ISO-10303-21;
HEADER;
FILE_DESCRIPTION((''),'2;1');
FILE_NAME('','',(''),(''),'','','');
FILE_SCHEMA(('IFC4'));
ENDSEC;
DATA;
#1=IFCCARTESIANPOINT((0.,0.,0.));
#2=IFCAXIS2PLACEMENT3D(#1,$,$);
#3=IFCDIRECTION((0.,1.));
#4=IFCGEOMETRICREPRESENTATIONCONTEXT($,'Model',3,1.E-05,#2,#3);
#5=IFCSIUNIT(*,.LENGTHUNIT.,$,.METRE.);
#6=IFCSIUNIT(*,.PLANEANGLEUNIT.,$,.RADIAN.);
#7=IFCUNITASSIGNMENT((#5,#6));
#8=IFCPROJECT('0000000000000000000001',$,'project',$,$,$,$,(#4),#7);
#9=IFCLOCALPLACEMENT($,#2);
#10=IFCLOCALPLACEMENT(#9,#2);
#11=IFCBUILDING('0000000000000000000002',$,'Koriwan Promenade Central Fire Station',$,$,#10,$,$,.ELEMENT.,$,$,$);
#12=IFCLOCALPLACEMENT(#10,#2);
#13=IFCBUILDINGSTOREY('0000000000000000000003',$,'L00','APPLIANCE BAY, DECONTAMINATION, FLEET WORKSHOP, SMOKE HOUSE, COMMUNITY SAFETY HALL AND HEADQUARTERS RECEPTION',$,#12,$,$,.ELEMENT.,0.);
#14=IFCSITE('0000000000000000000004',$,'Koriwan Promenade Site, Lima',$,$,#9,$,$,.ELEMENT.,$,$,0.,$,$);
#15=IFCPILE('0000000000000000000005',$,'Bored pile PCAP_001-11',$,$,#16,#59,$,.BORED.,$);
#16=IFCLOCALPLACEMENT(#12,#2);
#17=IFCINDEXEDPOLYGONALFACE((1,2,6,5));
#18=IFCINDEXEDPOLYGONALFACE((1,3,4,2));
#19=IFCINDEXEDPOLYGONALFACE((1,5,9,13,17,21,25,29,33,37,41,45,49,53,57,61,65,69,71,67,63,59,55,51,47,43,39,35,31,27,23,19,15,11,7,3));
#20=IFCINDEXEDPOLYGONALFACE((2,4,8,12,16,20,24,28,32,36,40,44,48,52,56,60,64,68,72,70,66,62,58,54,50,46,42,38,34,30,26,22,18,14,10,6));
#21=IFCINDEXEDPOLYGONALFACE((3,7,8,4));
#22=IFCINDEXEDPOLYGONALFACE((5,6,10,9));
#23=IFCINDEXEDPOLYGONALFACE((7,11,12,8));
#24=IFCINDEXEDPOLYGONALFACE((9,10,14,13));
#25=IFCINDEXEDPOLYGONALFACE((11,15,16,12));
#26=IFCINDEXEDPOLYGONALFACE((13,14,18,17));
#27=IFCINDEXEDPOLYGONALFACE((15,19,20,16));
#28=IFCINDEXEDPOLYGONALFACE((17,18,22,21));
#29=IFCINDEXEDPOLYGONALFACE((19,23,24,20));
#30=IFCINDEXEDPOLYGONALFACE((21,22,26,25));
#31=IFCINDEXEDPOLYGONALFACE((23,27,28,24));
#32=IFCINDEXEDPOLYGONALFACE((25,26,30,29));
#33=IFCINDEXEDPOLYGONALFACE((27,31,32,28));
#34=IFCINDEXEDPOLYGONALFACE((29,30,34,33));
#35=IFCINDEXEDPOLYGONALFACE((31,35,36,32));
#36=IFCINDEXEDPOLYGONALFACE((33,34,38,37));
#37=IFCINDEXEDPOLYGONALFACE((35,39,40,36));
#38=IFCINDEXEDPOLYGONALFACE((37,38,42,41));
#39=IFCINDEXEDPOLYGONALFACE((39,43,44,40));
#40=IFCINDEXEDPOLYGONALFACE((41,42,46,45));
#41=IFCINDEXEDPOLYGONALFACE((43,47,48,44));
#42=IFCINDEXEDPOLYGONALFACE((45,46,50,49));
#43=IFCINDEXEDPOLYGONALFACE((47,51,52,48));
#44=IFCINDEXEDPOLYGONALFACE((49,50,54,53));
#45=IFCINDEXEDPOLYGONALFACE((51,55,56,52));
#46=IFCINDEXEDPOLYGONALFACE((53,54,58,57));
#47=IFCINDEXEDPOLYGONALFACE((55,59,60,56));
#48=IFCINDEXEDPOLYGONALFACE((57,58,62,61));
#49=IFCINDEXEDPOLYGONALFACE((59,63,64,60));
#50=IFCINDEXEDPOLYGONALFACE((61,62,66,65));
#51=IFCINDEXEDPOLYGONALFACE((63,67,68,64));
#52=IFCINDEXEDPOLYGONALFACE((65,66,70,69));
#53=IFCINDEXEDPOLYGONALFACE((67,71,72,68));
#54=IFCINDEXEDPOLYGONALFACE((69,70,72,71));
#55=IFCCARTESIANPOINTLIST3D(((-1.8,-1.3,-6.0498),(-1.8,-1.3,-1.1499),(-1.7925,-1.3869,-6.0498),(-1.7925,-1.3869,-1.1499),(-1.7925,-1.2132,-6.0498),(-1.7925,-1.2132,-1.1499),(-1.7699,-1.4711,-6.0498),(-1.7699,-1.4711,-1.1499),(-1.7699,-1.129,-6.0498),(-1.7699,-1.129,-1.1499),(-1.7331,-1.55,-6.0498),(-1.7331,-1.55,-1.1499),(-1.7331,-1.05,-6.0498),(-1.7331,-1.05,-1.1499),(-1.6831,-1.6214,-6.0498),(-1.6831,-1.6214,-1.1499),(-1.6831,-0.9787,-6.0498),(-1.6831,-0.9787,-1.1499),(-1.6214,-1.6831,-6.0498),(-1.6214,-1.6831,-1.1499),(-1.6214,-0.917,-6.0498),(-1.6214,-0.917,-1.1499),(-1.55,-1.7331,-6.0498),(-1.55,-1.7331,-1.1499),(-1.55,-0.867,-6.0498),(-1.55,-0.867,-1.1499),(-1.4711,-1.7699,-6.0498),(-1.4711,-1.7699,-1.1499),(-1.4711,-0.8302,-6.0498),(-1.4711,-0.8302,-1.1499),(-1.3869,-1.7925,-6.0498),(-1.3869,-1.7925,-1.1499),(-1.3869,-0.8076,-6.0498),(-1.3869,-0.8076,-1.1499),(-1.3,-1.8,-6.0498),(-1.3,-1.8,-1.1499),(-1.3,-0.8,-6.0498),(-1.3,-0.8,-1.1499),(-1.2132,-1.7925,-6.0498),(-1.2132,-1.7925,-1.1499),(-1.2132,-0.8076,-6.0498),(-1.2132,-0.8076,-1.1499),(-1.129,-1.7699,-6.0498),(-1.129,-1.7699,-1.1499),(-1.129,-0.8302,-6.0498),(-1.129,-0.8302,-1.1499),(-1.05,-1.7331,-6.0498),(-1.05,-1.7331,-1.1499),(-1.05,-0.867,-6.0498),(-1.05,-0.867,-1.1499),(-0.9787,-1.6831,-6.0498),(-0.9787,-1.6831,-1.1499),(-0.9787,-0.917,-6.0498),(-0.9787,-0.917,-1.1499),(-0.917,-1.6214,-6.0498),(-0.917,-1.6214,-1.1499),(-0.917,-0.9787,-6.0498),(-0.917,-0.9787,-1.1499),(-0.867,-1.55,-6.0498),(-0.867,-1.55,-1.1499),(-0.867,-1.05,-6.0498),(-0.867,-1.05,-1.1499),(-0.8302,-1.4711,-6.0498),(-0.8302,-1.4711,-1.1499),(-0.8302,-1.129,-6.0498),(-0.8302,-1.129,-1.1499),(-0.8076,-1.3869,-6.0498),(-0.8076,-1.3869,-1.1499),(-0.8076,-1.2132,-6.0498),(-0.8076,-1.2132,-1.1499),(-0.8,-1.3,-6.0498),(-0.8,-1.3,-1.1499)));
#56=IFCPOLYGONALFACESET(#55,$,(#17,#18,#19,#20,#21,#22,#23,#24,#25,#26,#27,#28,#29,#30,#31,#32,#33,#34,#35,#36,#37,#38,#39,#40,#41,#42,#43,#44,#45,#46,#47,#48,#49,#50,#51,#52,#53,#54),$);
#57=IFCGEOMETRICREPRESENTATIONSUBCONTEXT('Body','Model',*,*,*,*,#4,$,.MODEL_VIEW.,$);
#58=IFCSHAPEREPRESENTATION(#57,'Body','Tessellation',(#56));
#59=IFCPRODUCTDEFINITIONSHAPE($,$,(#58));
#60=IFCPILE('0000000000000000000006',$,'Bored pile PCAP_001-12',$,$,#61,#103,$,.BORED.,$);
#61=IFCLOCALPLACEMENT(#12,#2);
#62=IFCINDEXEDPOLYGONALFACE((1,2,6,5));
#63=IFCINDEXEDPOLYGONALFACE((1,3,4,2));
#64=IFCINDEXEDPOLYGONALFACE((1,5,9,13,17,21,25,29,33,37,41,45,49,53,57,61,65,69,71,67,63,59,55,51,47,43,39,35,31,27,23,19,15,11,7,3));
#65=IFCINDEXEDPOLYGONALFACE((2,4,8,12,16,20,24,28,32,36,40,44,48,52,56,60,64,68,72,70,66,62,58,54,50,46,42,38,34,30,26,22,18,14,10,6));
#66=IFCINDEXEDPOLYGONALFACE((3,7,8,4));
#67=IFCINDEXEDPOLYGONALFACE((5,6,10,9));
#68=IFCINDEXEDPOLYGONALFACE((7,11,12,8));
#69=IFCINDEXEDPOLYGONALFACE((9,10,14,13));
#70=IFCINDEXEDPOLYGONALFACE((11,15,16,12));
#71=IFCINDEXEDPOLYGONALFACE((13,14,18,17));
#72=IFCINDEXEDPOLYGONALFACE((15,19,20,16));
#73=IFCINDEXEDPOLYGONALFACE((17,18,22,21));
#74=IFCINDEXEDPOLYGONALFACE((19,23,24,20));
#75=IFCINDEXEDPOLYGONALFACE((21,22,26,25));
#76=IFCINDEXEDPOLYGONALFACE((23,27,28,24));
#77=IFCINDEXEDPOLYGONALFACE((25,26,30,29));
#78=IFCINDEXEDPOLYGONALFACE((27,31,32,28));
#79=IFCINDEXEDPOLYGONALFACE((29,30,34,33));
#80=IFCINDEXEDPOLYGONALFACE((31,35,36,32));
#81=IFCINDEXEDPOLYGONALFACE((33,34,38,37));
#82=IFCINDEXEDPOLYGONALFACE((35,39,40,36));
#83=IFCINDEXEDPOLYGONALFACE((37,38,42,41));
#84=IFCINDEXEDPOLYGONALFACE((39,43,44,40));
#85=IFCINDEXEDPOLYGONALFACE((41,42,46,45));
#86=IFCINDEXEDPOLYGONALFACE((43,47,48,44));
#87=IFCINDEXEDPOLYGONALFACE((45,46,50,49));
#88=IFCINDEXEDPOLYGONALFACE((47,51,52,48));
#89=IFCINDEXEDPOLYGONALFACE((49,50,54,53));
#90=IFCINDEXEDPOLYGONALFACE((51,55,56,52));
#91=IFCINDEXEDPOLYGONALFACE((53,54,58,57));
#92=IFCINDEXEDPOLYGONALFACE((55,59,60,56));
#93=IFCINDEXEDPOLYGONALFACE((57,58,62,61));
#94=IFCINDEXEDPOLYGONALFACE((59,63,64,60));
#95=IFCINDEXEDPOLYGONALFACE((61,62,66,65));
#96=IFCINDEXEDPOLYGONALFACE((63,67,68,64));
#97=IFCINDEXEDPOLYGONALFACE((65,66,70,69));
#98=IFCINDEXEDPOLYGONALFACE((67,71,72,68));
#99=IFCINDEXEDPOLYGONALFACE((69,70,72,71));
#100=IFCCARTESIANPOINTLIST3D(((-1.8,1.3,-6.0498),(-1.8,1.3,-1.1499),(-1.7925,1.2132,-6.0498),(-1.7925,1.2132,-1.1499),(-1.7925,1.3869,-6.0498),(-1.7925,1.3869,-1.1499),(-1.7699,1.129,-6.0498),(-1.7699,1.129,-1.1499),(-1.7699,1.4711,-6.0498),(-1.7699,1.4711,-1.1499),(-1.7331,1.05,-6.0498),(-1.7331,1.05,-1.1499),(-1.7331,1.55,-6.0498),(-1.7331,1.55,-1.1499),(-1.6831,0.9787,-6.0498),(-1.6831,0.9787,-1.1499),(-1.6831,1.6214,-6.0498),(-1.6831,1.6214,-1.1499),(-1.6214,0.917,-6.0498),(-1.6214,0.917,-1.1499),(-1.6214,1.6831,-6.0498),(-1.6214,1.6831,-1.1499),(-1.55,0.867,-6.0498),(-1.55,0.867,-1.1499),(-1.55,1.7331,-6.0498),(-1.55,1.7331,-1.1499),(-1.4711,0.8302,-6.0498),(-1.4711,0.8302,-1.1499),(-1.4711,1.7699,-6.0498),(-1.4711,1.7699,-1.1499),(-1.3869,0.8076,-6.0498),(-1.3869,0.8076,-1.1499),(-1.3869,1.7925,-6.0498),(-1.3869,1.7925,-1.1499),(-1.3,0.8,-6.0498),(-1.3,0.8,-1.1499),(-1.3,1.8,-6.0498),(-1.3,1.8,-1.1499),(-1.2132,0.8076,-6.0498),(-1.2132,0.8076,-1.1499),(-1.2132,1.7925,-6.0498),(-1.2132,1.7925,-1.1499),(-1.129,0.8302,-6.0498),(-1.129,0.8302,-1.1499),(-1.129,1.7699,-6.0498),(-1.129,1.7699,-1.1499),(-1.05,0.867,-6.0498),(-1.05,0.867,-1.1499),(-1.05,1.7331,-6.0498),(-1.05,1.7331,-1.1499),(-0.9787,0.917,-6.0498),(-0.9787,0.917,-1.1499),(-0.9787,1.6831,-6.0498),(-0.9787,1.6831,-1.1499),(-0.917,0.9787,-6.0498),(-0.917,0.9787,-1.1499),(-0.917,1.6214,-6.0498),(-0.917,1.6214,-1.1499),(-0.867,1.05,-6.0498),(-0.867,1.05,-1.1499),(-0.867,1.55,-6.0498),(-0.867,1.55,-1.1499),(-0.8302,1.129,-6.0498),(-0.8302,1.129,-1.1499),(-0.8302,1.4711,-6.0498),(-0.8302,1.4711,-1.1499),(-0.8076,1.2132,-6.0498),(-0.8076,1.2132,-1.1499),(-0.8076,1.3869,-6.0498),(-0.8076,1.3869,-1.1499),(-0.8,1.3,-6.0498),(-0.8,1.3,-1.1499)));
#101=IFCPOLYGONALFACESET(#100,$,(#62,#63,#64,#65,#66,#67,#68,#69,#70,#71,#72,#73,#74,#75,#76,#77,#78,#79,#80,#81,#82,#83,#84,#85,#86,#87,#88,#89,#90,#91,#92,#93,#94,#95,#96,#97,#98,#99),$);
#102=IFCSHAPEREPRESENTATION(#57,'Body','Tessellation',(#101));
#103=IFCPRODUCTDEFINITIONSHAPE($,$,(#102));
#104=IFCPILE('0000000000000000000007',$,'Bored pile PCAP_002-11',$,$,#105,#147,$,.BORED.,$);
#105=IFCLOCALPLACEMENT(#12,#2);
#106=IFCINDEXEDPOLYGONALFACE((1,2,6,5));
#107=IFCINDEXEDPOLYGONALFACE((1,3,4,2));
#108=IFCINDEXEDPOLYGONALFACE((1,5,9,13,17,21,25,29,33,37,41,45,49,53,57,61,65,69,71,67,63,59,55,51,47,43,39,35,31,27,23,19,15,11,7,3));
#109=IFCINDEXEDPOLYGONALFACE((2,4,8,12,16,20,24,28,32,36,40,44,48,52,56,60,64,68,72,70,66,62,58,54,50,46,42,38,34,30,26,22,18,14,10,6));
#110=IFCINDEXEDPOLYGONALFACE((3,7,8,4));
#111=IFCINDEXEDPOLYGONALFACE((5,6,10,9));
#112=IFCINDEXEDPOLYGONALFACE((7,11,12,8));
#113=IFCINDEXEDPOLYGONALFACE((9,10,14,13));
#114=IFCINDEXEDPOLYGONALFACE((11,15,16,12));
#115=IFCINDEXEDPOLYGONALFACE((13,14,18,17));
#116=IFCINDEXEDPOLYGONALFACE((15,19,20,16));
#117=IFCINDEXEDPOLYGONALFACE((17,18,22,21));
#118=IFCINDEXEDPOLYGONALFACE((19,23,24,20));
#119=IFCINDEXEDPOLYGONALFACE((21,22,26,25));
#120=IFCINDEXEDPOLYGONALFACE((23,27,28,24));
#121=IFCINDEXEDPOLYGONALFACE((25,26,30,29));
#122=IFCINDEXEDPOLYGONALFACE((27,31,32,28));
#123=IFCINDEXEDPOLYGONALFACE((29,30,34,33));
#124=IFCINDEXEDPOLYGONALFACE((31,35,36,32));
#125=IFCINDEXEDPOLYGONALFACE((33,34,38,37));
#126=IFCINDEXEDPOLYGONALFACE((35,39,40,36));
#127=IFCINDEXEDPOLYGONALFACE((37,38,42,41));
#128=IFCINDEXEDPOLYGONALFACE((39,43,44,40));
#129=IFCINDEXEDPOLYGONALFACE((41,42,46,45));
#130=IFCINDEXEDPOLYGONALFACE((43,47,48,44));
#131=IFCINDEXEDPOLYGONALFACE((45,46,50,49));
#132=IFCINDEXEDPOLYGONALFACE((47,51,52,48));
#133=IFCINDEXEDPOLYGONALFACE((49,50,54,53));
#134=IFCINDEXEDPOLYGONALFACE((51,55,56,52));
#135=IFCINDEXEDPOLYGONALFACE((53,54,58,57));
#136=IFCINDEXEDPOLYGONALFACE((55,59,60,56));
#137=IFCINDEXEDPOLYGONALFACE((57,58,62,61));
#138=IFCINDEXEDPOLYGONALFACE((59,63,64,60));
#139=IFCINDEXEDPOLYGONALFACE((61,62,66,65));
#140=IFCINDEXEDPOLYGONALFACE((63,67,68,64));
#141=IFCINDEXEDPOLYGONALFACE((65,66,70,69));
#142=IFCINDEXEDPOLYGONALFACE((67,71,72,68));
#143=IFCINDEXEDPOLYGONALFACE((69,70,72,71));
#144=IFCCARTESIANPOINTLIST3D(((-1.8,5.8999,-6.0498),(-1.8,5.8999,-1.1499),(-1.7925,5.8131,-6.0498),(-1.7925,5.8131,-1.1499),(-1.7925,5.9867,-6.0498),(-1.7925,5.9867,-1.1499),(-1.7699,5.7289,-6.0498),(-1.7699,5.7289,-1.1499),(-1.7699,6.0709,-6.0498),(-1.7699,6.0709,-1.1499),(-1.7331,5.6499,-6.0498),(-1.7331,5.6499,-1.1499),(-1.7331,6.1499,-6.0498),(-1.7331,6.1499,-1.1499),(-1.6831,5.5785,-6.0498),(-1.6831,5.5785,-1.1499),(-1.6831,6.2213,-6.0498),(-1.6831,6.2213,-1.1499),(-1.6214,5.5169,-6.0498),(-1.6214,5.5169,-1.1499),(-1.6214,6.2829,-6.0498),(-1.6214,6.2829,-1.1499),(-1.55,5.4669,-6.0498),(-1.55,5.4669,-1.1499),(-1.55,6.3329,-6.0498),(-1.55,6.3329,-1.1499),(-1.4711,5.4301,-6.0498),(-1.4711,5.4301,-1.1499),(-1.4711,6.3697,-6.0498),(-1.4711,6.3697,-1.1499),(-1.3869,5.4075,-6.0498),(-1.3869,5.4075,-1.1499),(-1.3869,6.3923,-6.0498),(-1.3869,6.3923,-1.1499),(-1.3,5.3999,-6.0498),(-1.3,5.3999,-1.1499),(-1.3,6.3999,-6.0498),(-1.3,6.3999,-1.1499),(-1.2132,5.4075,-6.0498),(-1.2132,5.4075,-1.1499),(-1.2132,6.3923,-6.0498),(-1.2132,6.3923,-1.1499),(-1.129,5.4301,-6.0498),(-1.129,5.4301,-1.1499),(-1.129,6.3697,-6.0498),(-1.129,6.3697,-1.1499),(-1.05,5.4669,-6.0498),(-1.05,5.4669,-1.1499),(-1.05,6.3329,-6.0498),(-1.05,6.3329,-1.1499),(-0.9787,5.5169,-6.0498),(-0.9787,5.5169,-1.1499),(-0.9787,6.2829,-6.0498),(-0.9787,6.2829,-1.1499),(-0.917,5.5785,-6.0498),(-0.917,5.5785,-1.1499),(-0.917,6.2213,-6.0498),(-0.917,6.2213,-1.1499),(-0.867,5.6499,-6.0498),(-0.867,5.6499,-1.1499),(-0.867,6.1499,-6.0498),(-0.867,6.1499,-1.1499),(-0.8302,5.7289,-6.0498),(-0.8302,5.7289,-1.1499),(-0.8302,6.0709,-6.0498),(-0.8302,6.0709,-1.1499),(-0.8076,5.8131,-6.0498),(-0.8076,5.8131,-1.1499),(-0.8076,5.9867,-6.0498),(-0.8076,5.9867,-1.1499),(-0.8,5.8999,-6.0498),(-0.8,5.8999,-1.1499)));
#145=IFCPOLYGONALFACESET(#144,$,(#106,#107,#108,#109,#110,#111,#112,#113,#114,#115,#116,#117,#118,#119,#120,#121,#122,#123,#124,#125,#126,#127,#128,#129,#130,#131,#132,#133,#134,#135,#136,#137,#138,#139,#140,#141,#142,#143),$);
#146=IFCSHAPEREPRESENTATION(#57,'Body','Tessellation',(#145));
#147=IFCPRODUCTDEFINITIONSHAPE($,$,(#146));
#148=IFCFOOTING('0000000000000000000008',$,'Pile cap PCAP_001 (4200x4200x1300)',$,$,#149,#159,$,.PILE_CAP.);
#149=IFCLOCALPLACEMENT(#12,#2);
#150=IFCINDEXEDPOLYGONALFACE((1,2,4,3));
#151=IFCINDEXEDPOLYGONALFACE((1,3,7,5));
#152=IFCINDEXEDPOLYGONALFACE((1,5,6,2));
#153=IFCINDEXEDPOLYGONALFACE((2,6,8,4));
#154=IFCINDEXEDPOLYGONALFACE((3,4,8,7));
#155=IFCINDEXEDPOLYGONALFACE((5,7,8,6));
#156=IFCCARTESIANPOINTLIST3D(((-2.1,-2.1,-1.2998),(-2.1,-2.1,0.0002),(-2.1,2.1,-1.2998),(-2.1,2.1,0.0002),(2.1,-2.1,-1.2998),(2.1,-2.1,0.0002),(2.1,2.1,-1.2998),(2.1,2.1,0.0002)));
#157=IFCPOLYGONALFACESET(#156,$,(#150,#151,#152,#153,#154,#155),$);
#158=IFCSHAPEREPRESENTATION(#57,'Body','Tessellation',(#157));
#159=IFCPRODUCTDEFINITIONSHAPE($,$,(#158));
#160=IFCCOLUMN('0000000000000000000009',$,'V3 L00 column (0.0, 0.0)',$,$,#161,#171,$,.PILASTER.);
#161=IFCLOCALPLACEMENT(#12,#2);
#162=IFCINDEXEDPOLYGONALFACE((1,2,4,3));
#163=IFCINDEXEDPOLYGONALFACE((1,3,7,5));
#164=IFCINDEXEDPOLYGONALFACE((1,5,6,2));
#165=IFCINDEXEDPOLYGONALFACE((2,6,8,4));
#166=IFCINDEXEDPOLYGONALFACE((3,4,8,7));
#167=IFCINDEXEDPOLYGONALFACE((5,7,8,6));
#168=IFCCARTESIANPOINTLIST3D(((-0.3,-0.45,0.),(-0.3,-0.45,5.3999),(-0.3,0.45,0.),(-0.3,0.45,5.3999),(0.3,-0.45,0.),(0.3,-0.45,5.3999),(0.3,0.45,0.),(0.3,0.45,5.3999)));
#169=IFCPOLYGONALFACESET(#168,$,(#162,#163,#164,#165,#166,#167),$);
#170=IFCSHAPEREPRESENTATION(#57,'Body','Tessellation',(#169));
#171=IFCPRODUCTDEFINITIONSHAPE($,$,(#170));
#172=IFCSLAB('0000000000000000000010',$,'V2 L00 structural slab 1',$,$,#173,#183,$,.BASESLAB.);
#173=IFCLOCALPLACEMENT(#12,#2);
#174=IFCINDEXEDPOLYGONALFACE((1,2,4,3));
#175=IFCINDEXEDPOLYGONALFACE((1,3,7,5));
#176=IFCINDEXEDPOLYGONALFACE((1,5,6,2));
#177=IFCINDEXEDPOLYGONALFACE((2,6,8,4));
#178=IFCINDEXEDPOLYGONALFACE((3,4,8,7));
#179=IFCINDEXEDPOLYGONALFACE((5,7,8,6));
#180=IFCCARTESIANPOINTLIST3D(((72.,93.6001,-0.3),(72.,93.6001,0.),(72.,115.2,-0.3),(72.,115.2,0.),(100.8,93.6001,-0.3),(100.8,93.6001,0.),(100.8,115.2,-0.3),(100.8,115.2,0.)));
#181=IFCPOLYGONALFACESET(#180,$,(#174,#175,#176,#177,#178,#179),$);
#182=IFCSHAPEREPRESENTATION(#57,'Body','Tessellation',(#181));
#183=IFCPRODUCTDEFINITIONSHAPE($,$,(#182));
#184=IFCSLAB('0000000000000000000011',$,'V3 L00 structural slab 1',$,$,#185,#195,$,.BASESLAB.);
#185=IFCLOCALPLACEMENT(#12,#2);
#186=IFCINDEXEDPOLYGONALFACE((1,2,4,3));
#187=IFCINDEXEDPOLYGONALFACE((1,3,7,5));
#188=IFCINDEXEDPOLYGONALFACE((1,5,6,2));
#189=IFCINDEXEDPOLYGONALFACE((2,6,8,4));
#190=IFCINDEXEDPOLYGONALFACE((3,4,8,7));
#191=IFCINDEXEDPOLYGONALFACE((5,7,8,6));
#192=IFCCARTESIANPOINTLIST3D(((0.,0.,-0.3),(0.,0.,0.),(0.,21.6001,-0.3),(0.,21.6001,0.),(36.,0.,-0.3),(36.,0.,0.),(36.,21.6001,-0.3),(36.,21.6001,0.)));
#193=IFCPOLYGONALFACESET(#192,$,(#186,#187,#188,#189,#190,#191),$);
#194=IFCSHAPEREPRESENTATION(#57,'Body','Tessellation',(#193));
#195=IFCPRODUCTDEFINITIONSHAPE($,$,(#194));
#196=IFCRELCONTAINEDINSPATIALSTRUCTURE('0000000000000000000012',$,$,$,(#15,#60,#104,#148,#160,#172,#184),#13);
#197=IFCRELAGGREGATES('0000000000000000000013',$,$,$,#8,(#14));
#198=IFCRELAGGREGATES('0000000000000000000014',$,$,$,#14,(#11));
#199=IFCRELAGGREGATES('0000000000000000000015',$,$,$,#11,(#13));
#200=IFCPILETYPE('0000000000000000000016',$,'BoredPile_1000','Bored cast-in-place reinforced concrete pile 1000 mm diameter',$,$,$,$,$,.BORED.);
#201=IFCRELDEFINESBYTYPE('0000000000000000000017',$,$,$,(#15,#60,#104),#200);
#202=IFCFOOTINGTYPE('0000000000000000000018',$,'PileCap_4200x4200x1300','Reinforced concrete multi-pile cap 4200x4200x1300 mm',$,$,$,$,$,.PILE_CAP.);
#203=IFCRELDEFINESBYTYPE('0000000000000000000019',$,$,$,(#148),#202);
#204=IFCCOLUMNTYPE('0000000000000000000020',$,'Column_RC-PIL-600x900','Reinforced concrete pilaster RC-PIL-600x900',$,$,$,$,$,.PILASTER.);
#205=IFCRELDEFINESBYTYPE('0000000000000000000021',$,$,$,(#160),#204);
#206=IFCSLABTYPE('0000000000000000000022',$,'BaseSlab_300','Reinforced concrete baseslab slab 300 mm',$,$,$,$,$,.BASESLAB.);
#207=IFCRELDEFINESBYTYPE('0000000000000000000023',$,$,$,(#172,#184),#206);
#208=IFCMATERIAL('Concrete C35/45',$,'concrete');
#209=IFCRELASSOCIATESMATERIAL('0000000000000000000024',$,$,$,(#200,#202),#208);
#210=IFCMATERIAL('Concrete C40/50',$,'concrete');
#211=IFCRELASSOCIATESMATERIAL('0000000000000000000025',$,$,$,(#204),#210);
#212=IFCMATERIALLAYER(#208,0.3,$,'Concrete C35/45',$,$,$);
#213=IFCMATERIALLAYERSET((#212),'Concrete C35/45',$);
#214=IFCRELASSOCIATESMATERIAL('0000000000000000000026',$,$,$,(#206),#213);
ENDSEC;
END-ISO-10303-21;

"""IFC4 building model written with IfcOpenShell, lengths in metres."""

from ifc_helpers import new_model, si_unit, direction, frame, origin, origin_with_axes, origin_2d, place, context, subcontext, project, spatial, polyline, rectangle, circle, outline, extrude, material, layer, layer_set, material_profile, profile_set, type_object, element, save


model = new_model("IFC4")

# Units and contexts
model_context = context("Model", 3, precision=1e-05, world=origin(), true_north=direction((0.0, 1.0)))
body_context = subcontext(model_context, "Body", "Model", "MODEL_VIEW")
ifc_project = project(units=[si_unit("LENGTHUNIT", "METRE"), si_unit("PLANEANGLEUNIT", "RADIAN")], contexts=[model_context])

# Site, building, storey
site_placement = place(None, origin())
site = spatial("IfcSite", under=ifc_project, at=site_placement, Name="Koriwan Promenade Site, Lima", CompositionType="ELEMENT", RefElevation=0.0)
building_placement = place(site_placement, origin())
building = spatial("IfcBuilding", under=site, at=building_placement, Name="Koriwan Promenade Central Fire Station", CompositionType="ELEMENT")
storey_placement = place(building_placement, origin())
storey = spatial("IfcBuildingStorey", under=building, at=storey_placement, Name="L00", Description="APPLIANCE BAY, DECONTAMINATION, FLEET WORKSHOP, SMOKE HOUSE, COMMUNITY SAFETY HALL AND HEADQUARTERS RECEPTION", CompositionType="ELEMENT", Elevation=0.0)

# Piles
ifc_material_1 = material(Name="Concrete C35/45", Category="concrete")
ifc_material_profile_1 = material_profile(ifc_material_1, circle(Radius=0.5, at=origin_2d()), Name="PILE-D1000")
ifc_profile_set_1 = profile_set([ifc_material_profile_1], Name="Concrete C35/45")
pile_type = type_object("IfcPileType", Name="BoredPile_1000", Description="Bored cast-in-place reinforced concrete pile 1000 mm diameter", PredefinedType="BORED", material=ifc_profile_set_1)
for number, where, z_axis, x_axis, name in (
    (1, (-1.3, -1.3, -1.1499), (0.0, 0.0, -1.0), (1.0, 0.0, 0.0), "Bored pile PCAP_001-11"),
    (2, (-1.3, 1.3, -1.1499), (0.0, 0.0, -1.0), (1.0, 0.0, 0.0), "Bored pile PCAP_001-12"),
    (3, (-1.3, 5.8999, -1.1499), (0.0, 0.0, -1.0), (1.0, 0.0, 0.0), "Bored pile PCAP_002-11"),
):
    element("IfcPile", number, at=place(storey_placement, frame(where, z_axis=z_axis, x_axis=x_axis)), inside=storey, type_object=pile_type, Name=name, PredefinedType="BORED", context=body_context, shape_type="SweptSolid", body=[
        extrude(circle(Radius=0.5, at=origin_2d()), origin(), (0.0, 0.0, 1.0), 4.8999),
    ])

# Footing
footing_type = type_object("IfcFootingType", Name="PileCap_4200x4200x1300", Description="Reinforced concrete multi-pile cap 4200x4200x1300 mm", PredefinedType="PILE_CAP", material=ifc_material_1)
footing_placement = place(storey_placement, frame((0.0, 0.0, -1.2998), z_axis=(0.0, 0.0, 1.0), x_axis=(1.0, 0.0, 0.0)))
element("IfcFooting", 4, at=footing_placement, inside=storey, type_object=footing_type, Name="Pile cap PCAP_001 (4200x4200x1300)", PredefinedType="PILE_CAP", context=body_context, shape_type="SweptSolid", body=[
    extrude(rectangle(XDim=4.2, YDim=4.2, at=origin_2d()), origin(), (0.0, 0.0, 1.0), 1.3),
])

# Column
ifc_material_2 = material(Name="Concrete C40/50", Category="concrete")
ifc_material_profile_2 = material_profile(ifc_material_2, rectangle(XDim=0.6001, YDim=0.8999, at=origin_2d()), Name="RC-PIL-600x900")
ifc_profile_set_2 = profile_set([ifc_material_profile_2], Name="Concrete C40/50")
column_type = type_object("IfcColumnType", Name="Column_RC-PIL-600x900", Description="Reinforced concrete pilaster RC-PIL-600x900", PredefinedType="PILASTER", material=ifc_profile_set_2)
column_placement = place(storey_placement, origin_with_axes())
element("IfcColumn", 5, at=column_placement, inside=storey, type_object=column_type, Name="V3 L00 column (0.0, 0.0)", PredefinedType="PILASTER", context=body_context, shape_type="SweptSolid", body=[
    extrude(rectangle(XDim=0.6001, YDim=0.8999, at=origin_2d()), origin(), (0.0, 0.0, 1.0), 5.3999),
])

# Slabs
ifc_layer_1 = layer(ifc_material_1, 0.3, Name="Concrete C35/45")
ifc_layer_set_1 = layer_set([ifc_layer_1], Name="Concrete C35/45")
slab_type_1 = type_object("IfcSlabType", Name="BaseSlab_300", Description="Reinforced concrete baseslab slab 300 mm", PredefinedType="BASESLAB", material=ifc_layer_set_1)
slab_1_placement = place(storey_placement, frame((0.0, 0.0, -0.3)))
element("IfcSlab", 6, at=slab_1_placement, inside=storey, type_object=slab_type_1, Name="V2 L00 structural slab 1", PredefinedType="BASESLAB", context=body_context, shape_type="SweptSolid", body=[
    extrude(outline(polyline([(100.8, 93.6001), (100.8, 115.2), (72.0, 115.2), (72.0, 93.6001), (100.8, 93.6001)])), origin(), (0.0, 0.0, 1.0), 0.3),
])
slab_2_placement = place(storey_placement, frame((0.0, 0.0, -0.3)))
element("IfcSlab", 7, at=slab_2_placement, inside=storey, type_object=slab_type_1, Name="V3 L00 structural slab 1", PredefinedType="BASESLAB", context=body_context, shape_type="SweptSolid", body=[
    extrude(outline(polyline([(36.0, 0.0), (36.0, 21.6001), (0.0, 21.6001), (0.0, 0.0), (36.0, 0.0)])), origin(), (0.0, 0.0, 1.0), 0.3),
])

save(model, "model.ifc")
